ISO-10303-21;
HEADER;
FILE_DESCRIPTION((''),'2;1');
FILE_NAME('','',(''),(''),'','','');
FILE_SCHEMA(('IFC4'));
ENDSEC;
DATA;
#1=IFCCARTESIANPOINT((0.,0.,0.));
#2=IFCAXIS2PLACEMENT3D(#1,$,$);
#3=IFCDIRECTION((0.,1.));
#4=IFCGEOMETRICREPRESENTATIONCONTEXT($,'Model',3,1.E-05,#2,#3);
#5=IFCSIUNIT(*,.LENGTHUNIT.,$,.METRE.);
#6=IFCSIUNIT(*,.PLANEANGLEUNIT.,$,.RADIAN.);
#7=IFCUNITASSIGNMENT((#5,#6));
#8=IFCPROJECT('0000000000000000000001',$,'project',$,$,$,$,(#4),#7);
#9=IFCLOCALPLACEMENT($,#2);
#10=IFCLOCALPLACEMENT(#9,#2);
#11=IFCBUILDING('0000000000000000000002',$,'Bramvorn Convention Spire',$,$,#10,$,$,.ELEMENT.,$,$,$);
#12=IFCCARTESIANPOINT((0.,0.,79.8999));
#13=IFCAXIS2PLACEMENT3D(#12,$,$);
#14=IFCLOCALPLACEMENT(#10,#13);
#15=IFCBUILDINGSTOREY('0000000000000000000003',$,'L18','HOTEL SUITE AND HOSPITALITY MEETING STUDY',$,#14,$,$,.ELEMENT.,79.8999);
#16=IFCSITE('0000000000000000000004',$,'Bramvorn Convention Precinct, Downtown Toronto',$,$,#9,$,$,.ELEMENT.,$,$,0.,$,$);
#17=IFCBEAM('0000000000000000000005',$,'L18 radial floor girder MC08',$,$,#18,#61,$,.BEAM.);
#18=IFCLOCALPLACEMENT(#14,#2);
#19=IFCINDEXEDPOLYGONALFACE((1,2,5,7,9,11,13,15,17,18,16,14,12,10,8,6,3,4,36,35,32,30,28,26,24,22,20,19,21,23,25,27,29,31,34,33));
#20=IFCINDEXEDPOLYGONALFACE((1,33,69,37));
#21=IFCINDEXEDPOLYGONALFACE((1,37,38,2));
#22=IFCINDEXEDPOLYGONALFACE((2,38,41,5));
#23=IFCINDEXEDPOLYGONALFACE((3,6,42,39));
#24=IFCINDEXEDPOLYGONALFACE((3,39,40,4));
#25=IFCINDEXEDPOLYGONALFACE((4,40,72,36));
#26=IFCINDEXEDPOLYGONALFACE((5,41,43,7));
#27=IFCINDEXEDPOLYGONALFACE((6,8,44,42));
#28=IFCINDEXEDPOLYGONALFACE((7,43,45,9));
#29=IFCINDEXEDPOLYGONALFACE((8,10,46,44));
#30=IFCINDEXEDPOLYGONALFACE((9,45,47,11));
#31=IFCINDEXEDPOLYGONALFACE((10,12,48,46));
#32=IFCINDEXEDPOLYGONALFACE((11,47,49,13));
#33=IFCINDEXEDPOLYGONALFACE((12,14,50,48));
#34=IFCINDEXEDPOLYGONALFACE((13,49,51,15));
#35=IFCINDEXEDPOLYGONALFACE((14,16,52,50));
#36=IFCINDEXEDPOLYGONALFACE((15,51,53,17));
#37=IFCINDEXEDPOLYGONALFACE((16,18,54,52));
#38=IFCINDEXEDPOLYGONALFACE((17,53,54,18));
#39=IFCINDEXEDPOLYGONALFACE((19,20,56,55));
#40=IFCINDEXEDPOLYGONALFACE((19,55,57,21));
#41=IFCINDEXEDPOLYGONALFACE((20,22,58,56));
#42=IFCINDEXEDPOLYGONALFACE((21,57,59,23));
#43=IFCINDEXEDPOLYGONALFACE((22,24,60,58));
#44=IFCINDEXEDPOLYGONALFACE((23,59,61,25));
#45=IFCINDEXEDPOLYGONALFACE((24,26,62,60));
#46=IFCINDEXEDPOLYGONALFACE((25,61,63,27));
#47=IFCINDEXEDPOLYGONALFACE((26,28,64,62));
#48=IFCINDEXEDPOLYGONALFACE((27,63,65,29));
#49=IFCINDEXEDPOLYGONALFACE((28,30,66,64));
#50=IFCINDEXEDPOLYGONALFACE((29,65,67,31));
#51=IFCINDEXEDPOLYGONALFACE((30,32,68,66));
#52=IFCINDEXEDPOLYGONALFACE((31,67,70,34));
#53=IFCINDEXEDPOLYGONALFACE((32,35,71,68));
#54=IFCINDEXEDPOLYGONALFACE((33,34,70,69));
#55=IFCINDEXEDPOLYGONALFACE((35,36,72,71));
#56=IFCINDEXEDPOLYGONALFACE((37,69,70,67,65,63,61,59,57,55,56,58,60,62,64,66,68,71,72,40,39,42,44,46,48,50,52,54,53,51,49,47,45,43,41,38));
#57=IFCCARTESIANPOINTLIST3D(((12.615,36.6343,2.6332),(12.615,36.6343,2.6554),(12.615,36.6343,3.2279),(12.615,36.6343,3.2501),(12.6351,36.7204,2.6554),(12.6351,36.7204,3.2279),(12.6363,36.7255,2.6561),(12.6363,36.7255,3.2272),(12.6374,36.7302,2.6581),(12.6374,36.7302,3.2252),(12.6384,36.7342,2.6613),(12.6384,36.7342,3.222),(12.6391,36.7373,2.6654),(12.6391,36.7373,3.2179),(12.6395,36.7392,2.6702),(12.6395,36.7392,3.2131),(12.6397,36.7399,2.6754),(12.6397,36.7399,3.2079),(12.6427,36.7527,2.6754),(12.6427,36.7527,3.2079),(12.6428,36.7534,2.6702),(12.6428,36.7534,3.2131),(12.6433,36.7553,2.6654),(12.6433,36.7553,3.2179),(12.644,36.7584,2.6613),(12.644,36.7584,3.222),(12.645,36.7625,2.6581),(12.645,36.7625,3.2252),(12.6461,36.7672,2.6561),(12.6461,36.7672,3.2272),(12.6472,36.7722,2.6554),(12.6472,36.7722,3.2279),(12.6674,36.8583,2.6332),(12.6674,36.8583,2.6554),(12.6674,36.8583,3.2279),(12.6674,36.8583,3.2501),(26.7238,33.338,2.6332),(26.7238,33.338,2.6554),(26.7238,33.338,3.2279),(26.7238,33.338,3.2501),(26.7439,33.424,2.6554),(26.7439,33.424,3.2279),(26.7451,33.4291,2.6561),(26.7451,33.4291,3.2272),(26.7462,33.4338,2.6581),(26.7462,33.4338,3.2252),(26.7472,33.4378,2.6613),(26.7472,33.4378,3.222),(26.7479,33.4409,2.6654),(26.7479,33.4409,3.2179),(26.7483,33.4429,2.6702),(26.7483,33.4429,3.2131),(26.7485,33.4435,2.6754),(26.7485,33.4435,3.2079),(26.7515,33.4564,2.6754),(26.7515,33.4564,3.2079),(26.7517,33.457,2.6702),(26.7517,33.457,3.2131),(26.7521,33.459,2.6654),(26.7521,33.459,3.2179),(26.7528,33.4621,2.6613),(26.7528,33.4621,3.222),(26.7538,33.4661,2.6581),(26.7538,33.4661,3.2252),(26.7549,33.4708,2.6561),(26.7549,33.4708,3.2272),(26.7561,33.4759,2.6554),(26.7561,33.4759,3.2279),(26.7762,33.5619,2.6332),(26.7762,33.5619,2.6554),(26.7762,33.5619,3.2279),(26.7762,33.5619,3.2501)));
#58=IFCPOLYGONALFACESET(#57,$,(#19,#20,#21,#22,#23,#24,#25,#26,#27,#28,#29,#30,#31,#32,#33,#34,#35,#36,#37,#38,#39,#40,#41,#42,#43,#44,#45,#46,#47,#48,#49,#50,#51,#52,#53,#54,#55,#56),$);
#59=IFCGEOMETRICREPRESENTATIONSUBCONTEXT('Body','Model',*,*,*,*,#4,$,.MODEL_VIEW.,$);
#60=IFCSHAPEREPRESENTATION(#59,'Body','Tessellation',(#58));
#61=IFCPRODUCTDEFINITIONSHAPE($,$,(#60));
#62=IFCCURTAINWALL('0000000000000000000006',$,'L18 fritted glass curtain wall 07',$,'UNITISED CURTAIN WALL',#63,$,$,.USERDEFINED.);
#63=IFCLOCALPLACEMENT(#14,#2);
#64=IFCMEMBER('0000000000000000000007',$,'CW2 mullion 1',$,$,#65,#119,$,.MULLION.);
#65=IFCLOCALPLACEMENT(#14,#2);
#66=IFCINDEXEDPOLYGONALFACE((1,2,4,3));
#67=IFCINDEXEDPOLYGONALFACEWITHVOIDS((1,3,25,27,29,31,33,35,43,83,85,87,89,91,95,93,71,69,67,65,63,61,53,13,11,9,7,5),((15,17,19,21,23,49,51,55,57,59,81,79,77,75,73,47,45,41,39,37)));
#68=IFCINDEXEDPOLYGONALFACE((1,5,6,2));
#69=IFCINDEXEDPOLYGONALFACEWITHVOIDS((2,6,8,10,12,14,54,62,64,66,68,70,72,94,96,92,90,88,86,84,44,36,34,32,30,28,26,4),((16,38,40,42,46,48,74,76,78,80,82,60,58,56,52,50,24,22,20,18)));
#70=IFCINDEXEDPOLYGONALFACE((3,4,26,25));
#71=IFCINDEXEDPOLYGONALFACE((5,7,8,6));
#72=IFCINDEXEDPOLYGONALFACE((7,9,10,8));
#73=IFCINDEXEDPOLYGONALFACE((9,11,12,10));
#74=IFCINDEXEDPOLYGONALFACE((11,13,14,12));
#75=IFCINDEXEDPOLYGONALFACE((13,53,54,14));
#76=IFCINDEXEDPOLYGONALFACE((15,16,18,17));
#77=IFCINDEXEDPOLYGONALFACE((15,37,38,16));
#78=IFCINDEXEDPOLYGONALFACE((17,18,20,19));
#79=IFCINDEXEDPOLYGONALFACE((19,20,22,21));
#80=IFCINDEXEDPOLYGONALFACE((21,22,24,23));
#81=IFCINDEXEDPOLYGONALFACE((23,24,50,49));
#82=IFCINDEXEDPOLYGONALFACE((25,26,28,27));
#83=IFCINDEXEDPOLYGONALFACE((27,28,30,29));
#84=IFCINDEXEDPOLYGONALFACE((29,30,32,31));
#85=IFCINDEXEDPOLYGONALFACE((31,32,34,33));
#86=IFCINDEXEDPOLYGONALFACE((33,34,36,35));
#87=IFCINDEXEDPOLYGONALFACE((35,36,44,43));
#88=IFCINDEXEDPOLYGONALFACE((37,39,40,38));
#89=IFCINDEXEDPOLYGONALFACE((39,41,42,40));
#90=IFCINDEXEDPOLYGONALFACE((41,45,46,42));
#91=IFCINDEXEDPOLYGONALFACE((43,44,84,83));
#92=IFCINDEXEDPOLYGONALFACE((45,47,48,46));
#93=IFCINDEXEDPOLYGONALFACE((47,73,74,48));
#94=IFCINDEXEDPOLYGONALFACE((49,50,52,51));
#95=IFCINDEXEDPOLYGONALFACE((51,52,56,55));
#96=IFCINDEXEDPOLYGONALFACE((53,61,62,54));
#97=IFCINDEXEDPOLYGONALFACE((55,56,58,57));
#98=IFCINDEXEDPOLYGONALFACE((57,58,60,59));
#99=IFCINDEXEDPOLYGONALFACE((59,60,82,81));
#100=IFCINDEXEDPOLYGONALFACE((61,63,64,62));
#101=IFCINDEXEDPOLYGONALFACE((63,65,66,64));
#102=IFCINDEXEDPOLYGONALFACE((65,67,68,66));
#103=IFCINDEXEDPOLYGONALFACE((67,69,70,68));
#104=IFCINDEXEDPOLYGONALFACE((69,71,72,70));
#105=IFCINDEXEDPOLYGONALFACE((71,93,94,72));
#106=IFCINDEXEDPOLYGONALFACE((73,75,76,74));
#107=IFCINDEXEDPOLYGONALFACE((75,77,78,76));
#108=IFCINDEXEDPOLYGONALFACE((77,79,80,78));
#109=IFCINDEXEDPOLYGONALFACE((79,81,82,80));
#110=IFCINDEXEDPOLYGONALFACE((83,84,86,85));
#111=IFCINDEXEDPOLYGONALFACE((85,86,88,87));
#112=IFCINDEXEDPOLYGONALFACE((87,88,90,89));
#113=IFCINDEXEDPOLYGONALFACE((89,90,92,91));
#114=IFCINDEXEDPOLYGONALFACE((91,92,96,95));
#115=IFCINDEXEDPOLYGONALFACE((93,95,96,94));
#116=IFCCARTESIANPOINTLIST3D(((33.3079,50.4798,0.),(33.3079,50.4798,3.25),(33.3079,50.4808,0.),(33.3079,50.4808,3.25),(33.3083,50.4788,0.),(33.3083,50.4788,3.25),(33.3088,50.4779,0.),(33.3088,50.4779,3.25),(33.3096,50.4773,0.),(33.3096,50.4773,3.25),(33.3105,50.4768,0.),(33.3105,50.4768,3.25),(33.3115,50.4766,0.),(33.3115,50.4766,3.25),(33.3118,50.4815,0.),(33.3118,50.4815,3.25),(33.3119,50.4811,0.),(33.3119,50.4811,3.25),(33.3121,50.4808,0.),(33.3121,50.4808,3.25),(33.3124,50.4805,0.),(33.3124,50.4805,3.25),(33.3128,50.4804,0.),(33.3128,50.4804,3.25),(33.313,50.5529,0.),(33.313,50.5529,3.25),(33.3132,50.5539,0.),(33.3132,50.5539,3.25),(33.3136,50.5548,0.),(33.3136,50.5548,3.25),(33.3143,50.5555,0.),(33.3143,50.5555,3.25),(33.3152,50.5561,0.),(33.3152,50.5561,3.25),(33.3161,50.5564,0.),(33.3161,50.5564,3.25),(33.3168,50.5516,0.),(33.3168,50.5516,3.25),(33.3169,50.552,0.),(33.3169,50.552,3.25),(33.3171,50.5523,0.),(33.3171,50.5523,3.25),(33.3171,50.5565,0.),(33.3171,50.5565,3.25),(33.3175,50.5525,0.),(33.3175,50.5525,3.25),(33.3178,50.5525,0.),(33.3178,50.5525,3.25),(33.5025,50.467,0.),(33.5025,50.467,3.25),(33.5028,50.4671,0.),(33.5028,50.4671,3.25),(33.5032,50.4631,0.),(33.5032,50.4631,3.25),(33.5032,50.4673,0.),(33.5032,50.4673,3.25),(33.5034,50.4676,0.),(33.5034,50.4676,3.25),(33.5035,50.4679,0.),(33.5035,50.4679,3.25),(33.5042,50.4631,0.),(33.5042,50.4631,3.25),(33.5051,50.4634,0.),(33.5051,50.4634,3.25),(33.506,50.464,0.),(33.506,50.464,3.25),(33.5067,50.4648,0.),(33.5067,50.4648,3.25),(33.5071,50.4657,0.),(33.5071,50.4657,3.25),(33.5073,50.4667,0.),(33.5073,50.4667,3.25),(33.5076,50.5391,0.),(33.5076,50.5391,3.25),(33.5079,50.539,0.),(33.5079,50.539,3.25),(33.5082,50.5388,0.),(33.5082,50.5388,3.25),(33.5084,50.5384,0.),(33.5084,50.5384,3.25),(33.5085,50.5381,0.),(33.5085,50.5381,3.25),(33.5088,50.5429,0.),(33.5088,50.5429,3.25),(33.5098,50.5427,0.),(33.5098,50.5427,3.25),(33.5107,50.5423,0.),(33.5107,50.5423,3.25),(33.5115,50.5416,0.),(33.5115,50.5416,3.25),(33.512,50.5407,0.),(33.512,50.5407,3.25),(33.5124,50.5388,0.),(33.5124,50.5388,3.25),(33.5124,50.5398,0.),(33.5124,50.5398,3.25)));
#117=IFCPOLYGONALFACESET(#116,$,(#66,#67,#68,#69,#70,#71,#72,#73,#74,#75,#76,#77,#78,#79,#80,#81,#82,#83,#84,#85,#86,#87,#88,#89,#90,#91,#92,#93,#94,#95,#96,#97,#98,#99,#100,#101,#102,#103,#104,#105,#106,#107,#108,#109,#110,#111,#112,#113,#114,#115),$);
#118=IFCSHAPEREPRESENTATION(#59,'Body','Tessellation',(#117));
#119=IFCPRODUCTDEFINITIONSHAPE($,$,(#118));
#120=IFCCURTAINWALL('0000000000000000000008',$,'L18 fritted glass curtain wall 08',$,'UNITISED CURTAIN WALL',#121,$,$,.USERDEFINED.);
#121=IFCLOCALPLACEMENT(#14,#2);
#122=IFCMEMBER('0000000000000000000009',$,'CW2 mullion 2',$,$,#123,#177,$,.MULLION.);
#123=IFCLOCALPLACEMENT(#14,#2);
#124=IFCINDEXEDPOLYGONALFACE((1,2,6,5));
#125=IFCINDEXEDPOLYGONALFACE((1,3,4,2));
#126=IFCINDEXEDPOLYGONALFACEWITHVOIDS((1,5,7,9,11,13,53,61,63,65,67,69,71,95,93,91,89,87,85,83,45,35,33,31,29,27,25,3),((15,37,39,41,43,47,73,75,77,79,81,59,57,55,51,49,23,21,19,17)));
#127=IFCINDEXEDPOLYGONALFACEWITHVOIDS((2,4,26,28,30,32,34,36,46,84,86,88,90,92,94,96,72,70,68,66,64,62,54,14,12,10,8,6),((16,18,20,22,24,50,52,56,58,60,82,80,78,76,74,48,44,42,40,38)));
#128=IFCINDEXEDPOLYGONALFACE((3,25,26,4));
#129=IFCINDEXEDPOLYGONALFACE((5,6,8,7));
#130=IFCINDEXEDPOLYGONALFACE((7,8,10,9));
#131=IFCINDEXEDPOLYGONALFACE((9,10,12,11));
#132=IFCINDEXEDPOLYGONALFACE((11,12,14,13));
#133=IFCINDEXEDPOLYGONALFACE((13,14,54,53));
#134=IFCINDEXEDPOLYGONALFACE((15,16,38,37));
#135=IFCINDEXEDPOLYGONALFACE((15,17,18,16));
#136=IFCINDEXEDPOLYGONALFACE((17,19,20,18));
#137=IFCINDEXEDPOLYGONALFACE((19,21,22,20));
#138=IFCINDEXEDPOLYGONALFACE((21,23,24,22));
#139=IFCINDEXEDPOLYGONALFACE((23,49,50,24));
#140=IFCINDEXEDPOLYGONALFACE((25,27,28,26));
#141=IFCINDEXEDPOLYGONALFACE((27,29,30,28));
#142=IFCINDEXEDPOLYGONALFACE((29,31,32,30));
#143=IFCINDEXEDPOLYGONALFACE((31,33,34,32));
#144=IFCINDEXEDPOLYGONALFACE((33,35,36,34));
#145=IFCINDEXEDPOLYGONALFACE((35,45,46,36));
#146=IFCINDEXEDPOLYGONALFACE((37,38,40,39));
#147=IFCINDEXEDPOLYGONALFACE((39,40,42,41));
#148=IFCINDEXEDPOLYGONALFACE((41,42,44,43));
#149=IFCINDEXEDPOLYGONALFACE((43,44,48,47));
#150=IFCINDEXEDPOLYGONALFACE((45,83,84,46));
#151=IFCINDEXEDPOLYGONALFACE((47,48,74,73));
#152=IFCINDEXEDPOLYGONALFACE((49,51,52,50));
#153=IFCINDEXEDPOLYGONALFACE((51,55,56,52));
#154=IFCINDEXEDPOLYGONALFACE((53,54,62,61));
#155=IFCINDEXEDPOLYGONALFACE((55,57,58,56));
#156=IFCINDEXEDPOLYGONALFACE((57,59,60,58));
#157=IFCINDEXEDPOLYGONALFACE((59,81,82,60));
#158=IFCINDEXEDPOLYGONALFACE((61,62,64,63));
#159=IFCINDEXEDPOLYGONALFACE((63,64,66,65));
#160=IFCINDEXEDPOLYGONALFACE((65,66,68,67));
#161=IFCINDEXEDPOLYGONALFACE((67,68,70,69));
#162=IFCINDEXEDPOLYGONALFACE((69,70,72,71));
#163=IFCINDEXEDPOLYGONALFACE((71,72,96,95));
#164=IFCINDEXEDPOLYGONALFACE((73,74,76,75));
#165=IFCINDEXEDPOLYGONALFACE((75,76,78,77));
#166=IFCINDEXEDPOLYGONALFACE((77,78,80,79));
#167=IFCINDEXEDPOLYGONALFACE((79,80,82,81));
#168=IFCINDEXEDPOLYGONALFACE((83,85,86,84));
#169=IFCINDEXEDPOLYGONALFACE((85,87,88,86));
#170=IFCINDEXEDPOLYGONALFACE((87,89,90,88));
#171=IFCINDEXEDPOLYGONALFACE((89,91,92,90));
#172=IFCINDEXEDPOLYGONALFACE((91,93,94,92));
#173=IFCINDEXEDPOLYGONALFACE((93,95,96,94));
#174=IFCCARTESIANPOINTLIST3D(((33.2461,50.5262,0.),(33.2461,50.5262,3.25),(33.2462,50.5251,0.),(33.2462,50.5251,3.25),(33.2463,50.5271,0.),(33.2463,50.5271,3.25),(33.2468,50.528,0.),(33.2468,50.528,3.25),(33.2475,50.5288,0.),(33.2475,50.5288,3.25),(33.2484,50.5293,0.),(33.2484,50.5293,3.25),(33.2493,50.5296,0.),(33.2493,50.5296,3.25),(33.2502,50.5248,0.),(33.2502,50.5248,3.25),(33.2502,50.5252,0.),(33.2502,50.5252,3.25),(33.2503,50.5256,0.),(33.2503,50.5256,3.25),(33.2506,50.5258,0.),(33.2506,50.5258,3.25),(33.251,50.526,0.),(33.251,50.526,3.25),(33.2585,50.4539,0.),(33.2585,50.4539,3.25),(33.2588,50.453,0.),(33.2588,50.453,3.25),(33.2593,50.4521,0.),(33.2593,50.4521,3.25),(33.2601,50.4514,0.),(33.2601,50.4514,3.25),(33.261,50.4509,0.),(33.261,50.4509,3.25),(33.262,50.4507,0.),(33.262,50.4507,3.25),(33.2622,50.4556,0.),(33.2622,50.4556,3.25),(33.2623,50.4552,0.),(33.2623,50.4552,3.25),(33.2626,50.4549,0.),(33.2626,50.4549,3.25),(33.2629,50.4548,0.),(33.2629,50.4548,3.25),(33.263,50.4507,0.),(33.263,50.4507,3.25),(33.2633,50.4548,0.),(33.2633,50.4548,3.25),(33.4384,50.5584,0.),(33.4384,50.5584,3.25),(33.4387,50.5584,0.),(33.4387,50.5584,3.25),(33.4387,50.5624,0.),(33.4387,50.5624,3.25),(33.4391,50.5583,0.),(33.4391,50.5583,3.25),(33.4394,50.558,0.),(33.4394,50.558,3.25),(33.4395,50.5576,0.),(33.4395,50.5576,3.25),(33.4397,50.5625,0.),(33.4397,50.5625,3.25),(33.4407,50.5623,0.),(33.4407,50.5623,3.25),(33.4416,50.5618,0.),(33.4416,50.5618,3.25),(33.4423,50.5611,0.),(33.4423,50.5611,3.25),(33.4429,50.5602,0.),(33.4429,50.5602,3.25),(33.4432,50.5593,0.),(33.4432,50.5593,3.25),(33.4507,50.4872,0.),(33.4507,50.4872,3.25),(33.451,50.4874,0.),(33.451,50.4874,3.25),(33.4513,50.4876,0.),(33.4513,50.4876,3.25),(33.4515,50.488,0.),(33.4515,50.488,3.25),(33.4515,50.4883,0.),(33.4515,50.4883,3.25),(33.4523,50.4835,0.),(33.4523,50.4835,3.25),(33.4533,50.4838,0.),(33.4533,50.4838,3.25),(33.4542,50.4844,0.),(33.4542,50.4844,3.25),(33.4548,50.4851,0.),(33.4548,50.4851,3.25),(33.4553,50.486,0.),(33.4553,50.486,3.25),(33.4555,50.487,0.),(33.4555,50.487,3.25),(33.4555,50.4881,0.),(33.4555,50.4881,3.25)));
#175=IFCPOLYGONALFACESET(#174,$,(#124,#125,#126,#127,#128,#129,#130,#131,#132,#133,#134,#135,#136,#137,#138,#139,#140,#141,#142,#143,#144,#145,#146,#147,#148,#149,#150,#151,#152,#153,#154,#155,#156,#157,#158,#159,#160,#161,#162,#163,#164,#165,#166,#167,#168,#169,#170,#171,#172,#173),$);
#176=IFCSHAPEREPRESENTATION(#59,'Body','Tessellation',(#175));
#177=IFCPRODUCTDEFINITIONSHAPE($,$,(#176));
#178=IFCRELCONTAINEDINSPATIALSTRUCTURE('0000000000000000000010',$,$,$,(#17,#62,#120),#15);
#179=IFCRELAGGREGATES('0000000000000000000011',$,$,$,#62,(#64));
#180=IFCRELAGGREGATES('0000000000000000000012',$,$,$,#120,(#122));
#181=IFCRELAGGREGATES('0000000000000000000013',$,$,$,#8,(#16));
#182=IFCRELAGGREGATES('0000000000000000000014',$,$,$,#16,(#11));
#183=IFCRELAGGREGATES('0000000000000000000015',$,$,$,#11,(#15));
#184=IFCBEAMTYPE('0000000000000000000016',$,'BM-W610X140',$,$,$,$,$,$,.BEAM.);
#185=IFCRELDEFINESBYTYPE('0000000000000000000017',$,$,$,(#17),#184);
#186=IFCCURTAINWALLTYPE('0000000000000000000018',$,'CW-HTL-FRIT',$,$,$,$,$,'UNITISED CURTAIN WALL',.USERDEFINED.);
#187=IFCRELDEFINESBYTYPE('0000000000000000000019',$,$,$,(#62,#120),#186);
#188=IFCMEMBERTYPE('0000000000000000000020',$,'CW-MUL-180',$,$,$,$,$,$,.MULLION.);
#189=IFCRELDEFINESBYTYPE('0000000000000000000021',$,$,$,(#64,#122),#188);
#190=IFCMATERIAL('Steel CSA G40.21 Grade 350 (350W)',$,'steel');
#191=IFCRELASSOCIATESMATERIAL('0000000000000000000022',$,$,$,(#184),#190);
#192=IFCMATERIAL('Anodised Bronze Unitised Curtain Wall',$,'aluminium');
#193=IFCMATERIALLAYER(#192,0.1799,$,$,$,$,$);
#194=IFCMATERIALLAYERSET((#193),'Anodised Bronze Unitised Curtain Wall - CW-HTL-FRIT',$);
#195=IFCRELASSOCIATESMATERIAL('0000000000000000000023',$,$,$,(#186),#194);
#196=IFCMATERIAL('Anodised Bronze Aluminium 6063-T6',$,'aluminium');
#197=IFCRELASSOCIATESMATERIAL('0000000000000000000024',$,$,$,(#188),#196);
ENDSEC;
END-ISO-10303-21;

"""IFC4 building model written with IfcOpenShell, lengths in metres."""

from ifc_helpers import new_model, si_unit, direction, frame, origin, origin_2d, place, context, subcontext, project, spatial, hollow_rectangle, i_section, extrude, material, layer, layer_set, material_profile, profile_set, type_object, element, aggregate, save


model = new_model("IFC4")

# Units and contexts
model_context = context("Model", 3, precision=1e-05, world=origin(), true_north=direction((0.0, 1.0)))
body_context = subcontext(model_context, "Body", "Model", "MODEL_VIEW")
ifc_project = project(units=[si_unit("LENGTHUNIT", "METRE"), si_unit("PLANEANGLEUNIT", "RADIAN")], contexts=[model_context])

# Site, building, storey
site_placement = place(None, origin())
site = spatial("IfcSite", under=ifc_project, at=site_placement, Name="Bramvorn Convention Precinct, Downtown Toronto", CompositionType="ELEMENT", RefElevation=0.0)
building_placement = place(site_placement, origin())
building = spatial("IfcBuilding", under=site, at=building_placement, Name="Bramvorn Convention Spire", CompositionType="ELEMENT")
storey_placement = place(building_placement, frame((0.0, 0.0, 79.8999)))
storey = spatial("IfcBuildingStorey", under=building, at=storey_placement, Name="L18", Description="HOTEL SUITE AND HOSPITALITY MEETING STUDY", CompositionType="ELEMENT", Elevation=79.8999)

# Shared definitions
ifc_material_1 = material(Name="Steel CSA G40.21 Grade 350 (350W)", Category="steel")

# Beam
ifc_material_profile_1 = material_profile(ifc_material_1, i_section(OverallWidth=0.23, OverallDepth=0.6169, WebThickness=0.0132, FlangeThickness=0.0222, FilletRadius=0.02, at=origin_2d()))
ifc_profile_set_1 = profile_set([ifc_material_profile_1], Name="Steel CSA G40.21 Grade 350 (350W) - W610X140")
beam_type_1 = type_object("IfcBeamType", Name="BM-W610X140", PredefinedType="BEAM", material=ifc_profile_set_1)
beam_1_placement = place(storey_placement, frame((26.75, 33.45, 2.9417), z_axis=(-0.973775, 0.227512, 0.0), x_axis=(-0.227512, -0.973775, 0.0)))
element("IfcBeam", 1, at=beam_1_placement, inside=storey, type_object=beam_type_1, Name="L18 radial floor girder MC08", PredefinedType="BEAM", context=body_context, shape_type="SweptSolid", body=[
    extrude(i_section(OverallWidth=0.23, OverallDepth=0.6169, WebThickness=0.0132, FlangeThickness=0.0222, FilletRadius=0.02, at=origin_2d()), origin(), (0.0, 0.0, 1.0), 14.4888),
])

# Curtain walls, members
ifc_material_2 = material(Name="Anodised Bronze Unitised Curtain Wall", Category="aluminium")
ifc_layer_1 = layer(ifc_material_2, 0.1799)
ifc_layer_set_1 = layer_set([ifc_layer_1], Name="Anodised Bronze Unitised Curtain Wall - CW-HTL-FRIT")
curtain_wall_type = type_object("IfcCurtainWallType", Name="CW-HTL-FRIT", ElementType="UNITISED CURTAIN WALL", PredefinedType="USERDEFINED", material=ifc_layer_set_1)
curtain_wall_1_placement = place(storey_placement, origin())
curtain_wall_1 = element("IfcCurtainWall", 2, at=curtain_wall_1_placement, inside=storey, type_object=curtain_wall_type, Name="L18 fritted glass curtain wall 07", ObjectType="UNITISED CURTAIN WALL", PredefinedType="USERDEFINED")
ifc_material_3 = material(Name="Anodised Bronze Aluminium 6063-T6", Category="aluminium")
ifc_material_profile_2 = material_profile(ifc_material_3, hollow_rectangle(XDim=0.0801, YDim=0.2, WallThickness=0.0039, InnerFilletRadius=0.001, OuterFilletRadius=0.0039, at=origin_2d()))
ifc_profile_set_2 = profile_set([ifc_material_profile_2], Name="Anodised Bronze Aluminium 6063-T6 - CWM80X200")
member_type_1 = type_object("IfcMemberType", Name="CW-MUL-180", PredefinedType="MULLION", material=ifc_profile_set_2)
member_1_placement = place(storey_placement, frame((33.4102, 50.5098, 0.0), z_axis=(0.0, 0.0, 1.0), x_axis=(0.070511, 0.997511, 0.0)))
member_1 = element("IfcMember", 3, at=member_1_placement, type_object=member_type_1, Name="CW2 mullion 1", PredefinedType="MULLION", context=body_context, shape_type="SweptSolid", body=[
    extrude(hollow_rectangle(XDim=0.0801, YDim=0.2, WallThickness=0.0039, InnerFilletRadius=0.001, OuterFilletRadius=0.0039, at=origin_2d()), origin(), (0.0, 0.0, 1.0), 3.25),
])
curtain_wall_2_placement = place(storey_placement, origin())
curtain_wall_2 = element("IfcCurtainWall", 4, at=curtain_wall_2_placement, inside=storey, type_object=curtain_wall_type, Name="L18 fritted glass curtain wall 08", ObjectType="UNITISED CURTAIN WALL", PredefinedType="USERDEFINED")
member_2_placement = place(storey_placement, frame((33.3508, 50.5066, 0.0), z_axis=(0.0, 0.0, 1.0), x_axis=(-0.170657, 0.98533, 0.0)))
member_2 = element("IfcMember", 5, at=member_2_placement, type_object=member_type_1, Name="CW2 mullion 2", PredefinedType="MULLION", context=body_context, shape_type="SweptSolid", body=[
    extrude(hollow_rectangle(XDim=0.0801, YDim=0.2, WallThickness=0.0039, InnerFilletRadius=0.001, OuterFilletRadius=0.0039, at=origin_2d()), origin(), (0.0, 0.0, 1.0), 3.25),
])

aggregate(curtain_wall_1, [member_1])

aggregate(curtain_wall_2, [member_2])

save(model, "model.ifc")
